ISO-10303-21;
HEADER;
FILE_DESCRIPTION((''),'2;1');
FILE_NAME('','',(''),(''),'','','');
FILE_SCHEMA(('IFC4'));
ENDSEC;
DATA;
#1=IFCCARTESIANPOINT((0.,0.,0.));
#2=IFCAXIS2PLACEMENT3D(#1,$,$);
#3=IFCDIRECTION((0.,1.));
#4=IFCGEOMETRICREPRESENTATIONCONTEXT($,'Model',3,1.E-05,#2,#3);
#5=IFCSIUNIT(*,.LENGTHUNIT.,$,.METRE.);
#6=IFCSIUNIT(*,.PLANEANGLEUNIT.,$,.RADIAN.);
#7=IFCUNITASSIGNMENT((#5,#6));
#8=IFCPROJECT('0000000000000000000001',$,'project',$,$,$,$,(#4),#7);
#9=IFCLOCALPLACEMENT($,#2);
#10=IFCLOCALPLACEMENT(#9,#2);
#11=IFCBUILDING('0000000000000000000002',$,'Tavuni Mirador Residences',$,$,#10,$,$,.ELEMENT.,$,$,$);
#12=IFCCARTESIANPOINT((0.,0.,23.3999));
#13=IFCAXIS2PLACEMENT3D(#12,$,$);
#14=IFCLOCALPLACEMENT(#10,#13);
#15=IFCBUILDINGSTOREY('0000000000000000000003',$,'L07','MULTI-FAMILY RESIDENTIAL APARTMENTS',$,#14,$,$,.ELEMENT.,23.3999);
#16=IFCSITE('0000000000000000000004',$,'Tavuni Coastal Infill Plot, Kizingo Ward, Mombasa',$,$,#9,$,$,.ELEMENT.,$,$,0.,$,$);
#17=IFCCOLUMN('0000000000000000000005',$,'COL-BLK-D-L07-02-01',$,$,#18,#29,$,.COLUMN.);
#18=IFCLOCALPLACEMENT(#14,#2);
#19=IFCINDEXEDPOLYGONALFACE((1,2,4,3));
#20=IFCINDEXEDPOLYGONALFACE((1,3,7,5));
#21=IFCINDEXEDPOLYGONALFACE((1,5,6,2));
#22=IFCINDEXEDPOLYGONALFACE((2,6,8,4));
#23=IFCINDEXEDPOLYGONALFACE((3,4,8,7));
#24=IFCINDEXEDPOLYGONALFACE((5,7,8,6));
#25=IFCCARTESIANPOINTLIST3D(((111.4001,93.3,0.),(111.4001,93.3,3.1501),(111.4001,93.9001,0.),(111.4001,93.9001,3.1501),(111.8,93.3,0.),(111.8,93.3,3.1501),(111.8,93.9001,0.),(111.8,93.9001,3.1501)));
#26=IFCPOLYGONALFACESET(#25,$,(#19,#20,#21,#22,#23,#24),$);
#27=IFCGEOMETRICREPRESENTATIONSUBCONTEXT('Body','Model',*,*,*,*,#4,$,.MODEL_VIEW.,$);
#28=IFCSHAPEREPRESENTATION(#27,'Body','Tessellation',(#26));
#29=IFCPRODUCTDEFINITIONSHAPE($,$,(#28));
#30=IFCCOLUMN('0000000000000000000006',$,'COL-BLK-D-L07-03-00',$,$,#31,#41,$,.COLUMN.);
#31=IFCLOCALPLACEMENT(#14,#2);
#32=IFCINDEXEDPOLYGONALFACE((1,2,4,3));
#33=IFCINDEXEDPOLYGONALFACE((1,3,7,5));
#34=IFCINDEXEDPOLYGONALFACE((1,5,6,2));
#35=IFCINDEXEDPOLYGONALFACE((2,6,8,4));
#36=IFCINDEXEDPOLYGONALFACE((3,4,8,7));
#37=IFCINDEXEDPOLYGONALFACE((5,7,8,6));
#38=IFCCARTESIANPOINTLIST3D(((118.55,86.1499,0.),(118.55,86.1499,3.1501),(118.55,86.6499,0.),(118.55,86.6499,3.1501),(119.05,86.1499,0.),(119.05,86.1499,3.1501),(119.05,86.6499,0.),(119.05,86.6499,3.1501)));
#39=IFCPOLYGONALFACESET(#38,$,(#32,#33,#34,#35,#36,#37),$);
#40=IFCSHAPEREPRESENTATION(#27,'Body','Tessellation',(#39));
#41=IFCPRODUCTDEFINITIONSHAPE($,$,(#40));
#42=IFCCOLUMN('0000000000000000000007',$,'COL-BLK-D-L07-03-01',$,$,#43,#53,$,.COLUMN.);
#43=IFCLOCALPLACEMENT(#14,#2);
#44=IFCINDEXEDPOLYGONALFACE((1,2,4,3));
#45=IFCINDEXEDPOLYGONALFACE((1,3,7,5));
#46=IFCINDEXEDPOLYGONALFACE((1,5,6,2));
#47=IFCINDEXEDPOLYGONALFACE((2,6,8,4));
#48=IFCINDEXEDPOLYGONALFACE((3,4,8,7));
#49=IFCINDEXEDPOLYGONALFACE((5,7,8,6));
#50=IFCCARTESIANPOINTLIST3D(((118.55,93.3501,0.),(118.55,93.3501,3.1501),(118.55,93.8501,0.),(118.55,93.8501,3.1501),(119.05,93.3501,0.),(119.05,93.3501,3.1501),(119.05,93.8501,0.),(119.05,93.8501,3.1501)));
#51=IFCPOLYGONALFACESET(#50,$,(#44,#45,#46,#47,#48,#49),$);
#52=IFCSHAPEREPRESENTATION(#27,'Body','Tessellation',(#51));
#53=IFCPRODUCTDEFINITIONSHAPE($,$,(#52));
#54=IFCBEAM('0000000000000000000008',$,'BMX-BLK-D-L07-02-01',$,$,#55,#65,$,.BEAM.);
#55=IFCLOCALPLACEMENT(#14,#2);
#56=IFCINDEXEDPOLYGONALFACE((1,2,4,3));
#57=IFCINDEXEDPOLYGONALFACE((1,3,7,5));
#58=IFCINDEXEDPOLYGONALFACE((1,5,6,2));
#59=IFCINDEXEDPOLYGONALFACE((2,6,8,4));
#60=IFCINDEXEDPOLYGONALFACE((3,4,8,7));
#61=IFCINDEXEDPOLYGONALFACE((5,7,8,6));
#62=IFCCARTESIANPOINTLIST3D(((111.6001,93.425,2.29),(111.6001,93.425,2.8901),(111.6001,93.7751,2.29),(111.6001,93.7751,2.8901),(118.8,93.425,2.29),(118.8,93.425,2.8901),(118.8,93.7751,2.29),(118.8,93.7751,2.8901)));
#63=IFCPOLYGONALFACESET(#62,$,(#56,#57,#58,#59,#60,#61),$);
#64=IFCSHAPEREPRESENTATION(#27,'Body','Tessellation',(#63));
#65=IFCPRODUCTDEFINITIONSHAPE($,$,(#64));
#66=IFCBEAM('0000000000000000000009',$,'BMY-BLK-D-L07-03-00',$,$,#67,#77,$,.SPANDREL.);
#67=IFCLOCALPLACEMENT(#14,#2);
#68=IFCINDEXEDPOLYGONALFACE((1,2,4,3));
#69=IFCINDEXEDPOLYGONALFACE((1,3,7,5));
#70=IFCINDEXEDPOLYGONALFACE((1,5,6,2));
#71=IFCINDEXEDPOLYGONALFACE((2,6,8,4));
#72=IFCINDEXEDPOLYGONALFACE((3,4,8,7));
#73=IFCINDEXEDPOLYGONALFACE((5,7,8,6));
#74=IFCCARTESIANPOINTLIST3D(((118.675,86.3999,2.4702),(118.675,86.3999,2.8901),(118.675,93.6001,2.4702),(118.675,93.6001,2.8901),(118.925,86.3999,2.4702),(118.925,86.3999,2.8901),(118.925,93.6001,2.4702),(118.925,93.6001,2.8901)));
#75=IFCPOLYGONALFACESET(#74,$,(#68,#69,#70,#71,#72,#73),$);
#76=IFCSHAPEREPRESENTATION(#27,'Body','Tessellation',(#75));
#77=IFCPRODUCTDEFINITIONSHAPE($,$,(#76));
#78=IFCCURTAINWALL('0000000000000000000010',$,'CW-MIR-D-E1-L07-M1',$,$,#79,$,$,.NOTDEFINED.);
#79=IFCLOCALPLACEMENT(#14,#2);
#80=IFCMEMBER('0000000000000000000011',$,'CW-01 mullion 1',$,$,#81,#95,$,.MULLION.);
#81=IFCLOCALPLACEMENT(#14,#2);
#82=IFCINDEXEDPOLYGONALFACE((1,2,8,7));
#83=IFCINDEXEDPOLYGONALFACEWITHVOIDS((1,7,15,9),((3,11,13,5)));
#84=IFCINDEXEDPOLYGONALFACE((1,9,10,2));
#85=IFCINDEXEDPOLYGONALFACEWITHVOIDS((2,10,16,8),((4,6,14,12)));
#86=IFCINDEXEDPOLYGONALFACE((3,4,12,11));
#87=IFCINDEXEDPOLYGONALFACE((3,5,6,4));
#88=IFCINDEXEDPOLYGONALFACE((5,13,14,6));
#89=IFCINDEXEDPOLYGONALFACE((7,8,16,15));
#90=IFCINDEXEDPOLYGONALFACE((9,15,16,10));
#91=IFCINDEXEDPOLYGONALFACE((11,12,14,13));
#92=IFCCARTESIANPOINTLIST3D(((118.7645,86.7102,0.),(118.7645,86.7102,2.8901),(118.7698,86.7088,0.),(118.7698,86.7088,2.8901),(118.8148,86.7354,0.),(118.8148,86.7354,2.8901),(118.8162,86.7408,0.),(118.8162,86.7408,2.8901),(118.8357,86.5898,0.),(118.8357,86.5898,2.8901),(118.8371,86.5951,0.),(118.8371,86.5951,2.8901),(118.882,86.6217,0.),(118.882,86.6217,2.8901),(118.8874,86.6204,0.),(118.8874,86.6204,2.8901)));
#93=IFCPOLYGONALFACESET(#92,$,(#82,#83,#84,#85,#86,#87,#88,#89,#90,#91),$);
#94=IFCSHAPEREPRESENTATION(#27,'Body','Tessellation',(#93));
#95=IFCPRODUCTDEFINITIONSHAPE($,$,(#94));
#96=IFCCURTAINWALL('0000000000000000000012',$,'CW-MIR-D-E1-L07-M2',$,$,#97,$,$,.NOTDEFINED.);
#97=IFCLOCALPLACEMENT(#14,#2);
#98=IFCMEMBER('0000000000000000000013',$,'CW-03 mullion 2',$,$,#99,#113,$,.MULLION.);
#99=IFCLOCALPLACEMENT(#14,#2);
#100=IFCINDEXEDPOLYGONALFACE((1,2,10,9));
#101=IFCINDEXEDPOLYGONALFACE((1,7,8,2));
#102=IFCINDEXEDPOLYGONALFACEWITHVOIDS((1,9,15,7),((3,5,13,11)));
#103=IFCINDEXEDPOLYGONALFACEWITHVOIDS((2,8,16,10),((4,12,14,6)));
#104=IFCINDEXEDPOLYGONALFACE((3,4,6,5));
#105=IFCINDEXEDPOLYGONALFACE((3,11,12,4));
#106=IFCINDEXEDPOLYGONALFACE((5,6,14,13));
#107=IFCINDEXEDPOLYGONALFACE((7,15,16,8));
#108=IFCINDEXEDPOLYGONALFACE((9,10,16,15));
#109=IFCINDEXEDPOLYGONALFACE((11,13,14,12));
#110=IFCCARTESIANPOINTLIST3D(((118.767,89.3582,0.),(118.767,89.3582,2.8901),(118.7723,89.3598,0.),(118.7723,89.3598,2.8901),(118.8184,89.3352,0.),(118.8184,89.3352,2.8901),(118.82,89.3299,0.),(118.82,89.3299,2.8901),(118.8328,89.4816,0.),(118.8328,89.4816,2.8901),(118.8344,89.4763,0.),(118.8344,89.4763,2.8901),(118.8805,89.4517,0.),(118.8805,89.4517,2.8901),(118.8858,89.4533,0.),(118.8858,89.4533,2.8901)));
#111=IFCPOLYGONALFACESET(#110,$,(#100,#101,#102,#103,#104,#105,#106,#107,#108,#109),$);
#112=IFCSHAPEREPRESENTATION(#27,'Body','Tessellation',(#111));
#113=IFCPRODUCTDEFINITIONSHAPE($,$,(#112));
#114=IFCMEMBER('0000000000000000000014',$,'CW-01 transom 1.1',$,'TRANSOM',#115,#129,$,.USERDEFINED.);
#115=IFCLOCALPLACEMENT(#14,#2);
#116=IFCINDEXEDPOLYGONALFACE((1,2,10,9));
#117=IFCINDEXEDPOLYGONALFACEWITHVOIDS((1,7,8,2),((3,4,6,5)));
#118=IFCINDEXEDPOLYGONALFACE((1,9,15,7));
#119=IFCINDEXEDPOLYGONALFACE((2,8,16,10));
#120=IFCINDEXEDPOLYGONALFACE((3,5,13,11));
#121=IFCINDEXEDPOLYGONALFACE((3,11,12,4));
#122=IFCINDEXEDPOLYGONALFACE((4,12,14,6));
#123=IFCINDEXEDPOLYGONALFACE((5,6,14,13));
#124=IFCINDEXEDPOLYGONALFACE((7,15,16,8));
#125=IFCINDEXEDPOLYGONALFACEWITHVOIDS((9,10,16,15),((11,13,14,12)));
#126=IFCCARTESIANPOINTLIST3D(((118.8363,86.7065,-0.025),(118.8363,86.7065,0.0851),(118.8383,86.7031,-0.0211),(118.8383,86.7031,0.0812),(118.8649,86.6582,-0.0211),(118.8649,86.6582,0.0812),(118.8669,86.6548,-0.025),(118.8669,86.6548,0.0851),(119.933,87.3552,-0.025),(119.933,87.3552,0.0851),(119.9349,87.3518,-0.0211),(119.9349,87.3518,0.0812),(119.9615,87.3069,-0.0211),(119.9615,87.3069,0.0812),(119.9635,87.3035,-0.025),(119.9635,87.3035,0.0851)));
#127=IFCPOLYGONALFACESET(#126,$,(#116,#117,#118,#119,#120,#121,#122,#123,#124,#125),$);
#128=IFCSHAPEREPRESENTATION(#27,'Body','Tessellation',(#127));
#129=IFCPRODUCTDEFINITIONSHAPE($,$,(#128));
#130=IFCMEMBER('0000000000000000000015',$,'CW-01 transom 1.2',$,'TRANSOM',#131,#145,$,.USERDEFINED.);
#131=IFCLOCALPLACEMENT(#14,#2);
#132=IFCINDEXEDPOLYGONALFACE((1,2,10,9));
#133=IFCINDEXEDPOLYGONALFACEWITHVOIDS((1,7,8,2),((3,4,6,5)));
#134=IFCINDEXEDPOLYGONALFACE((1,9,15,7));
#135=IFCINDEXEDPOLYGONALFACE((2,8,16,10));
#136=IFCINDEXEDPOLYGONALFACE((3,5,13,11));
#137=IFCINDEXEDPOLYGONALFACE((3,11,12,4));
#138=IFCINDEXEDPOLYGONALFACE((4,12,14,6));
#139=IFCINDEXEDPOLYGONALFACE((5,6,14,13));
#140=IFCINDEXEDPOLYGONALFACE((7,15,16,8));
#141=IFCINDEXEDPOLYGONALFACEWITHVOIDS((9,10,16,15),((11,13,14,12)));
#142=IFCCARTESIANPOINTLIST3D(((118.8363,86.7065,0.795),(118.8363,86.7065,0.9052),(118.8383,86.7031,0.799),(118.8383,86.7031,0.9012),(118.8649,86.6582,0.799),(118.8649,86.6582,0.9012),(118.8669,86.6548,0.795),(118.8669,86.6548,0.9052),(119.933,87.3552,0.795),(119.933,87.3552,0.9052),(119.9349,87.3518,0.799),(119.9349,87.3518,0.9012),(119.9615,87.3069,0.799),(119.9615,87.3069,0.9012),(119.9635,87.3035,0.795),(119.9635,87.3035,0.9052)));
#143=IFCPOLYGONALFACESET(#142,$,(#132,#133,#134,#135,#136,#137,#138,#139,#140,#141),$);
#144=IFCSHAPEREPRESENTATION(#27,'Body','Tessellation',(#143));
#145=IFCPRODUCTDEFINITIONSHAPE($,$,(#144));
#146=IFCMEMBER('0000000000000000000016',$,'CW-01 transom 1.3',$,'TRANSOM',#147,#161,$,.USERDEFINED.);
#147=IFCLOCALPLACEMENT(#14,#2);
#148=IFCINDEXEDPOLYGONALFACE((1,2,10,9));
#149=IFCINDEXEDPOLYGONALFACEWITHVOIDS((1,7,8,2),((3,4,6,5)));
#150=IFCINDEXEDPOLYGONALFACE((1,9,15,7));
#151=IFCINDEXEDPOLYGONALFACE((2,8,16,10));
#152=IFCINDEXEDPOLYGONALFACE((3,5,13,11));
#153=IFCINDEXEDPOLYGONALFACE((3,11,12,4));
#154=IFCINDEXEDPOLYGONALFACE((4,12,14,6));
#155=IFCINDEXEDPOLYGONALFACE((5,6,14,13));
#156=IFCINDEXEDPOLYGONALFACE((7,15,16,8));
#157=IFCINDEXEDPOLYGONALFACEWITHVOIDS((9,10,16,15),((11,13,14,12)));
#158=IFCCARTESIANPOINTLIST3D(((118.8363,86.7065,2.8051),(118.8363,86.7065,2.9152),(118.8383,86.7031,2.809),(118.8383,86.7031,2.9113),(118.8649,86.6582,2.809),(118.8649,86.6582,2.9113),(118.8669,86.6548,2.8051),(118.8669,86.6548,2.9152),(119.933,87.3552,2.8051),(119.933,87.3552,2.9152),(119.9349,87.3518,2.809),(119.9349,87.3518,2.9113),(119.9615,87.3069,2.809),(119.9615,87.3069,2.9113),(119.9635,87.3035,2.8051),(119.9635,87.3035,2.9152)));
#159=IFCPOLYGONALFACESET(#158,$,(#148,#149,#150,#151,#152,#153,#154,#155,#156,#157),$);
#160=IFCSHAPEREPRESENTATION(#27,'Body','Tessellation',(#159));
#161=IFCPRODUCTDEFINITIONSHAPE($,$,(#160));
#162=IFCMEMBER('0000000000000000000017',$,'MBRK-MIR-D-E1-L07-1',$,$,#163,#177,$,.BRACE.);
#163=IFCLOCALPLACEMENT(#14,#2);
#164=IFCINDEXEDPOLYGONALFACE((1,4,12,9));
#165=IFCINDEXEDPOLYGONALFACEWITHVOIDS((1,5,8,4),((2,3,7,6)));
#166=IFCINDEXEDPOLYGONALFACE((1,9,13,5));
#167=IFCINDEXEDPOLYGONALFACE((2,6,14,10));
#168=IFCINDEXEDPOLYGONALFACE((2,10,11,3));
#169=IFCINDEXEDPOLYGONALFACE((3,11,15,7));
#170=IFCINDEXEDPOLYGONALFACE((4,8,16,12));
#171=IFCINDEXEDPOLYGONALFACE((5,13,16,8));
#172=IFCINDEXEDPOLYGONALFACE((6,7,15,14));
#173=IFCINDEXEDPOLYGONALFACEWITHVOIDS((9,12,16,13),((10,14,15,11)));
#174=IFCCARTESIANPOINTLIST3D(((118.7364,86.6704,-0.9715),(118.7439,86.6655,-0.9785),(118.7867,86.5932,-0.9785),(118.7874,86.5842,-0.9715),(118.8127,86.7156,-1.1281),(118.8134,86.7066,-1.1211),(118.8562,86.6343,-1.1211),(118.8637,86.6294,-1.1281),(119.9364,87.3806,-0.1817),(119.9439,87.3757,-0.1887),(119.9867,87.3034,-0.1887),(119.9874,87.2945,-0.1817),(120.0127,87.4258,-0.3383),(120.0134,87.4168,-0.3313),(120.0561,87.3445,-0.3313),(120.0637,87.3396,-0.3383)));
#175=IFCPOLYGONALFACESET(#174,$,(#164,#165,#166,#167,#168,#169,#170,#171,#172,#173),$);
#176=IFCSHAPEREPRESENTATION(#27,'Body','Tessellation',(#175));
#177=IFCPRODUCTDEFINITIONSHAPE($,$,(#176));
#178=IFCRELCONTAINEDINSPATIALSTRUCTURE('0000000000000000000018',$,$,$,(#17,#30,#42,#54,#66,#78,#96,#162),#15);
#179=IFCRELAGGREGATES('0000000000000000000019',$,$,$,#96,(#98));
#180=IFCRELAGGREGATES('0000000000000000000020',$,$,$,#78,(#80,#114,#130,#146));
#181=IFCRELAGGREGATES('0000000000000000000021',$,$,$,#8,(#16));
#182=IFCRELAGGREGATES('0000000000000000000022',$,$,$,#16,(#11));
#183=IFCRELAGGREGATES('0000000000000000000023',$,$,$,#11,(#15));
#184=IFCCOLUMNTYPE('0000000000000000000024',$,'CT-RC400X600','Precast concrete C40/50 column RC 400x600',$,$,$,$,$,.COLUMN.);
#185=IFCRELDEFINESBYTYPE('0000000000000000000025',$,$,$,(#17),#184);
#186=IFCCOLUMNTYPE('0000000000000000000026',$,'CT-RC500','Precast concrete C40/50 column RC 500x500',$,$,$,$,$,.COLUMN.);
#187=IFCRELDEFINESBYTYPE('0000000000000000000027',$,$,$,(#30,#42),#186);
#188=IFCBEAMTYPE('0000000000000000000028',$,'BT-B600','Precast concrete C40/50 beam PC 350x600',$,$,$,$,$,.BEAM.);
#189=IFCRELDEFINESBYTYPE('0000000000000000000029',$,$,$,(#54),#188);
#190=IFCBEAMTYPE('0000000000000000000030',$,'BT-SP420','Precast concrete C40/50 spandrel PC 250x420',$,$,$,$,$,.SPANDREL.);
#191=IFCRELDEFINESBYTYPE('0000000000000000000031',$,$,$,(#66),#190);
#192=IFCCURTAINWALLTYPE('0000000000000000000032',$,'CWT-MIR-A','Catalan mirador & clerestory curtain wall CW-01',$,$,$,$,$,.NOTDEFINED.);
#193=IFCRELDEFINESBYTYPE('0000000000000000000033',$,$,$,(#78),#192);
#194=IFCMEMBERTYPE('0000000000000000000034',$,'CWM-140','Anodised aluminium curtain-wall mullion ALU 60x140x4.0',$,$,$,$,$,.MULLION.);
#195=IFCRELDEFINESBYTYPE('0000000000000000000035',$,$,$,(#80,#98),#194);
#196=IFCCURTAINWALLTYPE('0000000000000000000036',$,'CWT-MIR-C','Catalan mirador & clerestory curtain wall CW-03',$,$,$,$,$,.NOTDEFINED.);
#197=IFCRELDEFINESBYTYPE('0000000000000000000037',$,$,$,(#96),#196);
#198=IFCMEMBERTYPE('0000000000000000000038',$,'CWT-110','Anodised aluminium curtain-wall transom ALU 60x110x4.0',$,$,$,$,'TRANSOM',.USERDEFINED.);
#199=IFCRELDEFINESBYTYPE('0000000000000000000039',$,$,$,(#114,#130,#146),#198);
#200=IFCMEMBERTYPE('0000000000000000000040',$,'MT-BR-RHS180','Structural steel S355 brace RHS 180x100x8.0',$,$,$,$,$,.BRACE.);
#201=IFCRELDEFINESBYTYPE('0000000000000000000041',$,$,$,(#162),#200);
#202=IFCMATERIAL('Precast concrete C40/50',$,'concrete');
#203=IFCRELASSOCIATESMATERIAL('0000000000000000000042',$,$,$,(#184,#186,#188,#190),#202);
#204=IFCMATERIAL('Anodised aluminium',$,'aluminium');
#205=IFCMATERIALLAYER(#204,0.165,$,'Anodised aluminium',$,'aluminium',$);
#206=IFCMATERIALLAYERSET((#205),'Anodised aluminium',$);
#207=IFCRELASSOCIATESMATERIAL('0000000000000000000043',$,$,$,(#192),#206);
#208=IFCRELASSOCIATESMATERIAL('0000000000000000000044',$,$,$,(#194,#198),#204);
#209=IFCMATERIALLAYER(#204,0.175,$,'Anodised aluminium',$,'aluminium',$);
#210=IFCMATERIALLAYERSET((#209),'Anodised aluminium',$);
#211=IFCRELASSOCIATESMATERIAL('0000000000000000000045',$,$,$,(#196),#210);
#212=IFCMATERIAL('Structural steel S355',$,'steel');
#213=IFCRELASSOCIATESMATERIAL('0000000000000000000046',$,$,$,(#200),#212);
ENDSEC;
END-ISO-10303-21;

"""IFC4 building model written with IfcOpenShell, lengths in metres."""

from ifc_helpers import new_model, si_unit, direction, frame, origin, origin_2d, place, context, subcontext, project, spatial, rectangle, hollow_rectangle, extrude, material, layer, layer_set, material_profile, profile_set, type_object, element, aggregate, save


model = new_model("IFC4")

# Units and contexts
model_context = context("Model", 3, precision=1e-05, world=origin(), true_north=direction((0.0, 1.0)))
body_context = subcontext(model_context, "Body", "Model", "MODEL_VIEW")
ifc_project = project(units=[si_unit("LENGTHUNIT", "METRE"), si_unit("PLANEANGLEUNIT", "RADIAN")], contexts=[model_context])

# Site, building, storey
site_placement = place(None, origin())
site = spatial("IfcSite", under=ifc_project, at=site_placement, Name="Tavuni Coastal Infill Plot, Kizingo Ward, Mombasa", CompositionType="ELEMENT", RefElevation=0.0)
building_placement = place(site_placement, origin())
building = spatial("IfcBuilding", under=site, at=building_placement, Name="Tavuni Mirador Residences", CompositionType="ELEMENT")
storey_placement = place(building_placement, frame((0.0, 0.0, 23.3999)))
storey = spatial("IfcBuildingStorey", under=building, at=storey_placement, Name="L07", Description="MULTI-FAMILY RESIDENTIAL APARTMENTS", CompositionType="ELEMENT", Elevation=23.3999)

# Columns
ifc_material_1 = material(Name="Precast concrete C40/50", Category="concrete")
ifc_material_profile_1 = material_profile(ifc_material_1, rectangle(XDim=0.3999, YDim=0.6001, at=origin_2d()), Name="RC 400x600", Category="concrete")
ifc_profile_set_1 = profile_set([ifc_material_profile_1], Name="Precast concrete C40/50")
column_type_1 = type_object("IfcColumnType", Name="CT-RC400X600", Description="Precast concrete C40/50 column RC 400x600", PredefinedType="COLUMN", material=ifc_profile_set_1)
column_placement = place(storey_placement, frame((111.6001, 93.6001, 0.0), z_axis=(0.0, 0.0, 1.0), x_axis=(1.0, 0.0, 0.0)))
element("IfcColumn", 1, at=column_placement, inside=storey, type_object=column_type_1, Name="COL-BLK-D-L07-02-01", PredefinedType="COLUMN", context=body_context, shape_type="SweptSolid", body=[
    extrude(rectangle(XDim=0.3999, YDim=0.6001, at=origin_2d()), origin(), (0.0, 0.0, 1.0), 3.1501),
])
ifc_material_profile_2 = material_profile(ifc_material_1, rectangle(XDim=0.5, YDim=0.5, at=origin_2d()), Name="RC 500x500", Category="concrete")
ifc_profile_set_2 = profile_set([ifc_material_profile_2], Name="Precast concrete C40/50")
column_type_2 = type_object("IfcColumnType", Name="CT-RC500", Description="Precast concrete C40/50 column RC 500x500", PredefinedType="COLUMN", material=ifc_profile_set_2)
for number, where, z_axis, x_axis, name in (
    (2, (118.8, 86.3999, 0.0), (0.0, 0.0, 1.0), (1.0, 0.0, 0.0), "COL-BLK-D-L07-03-00"),
    (3, (118.8, 93.6001, 0.0), (0.0, 0.0, 1.0), (1.0, 0.0, 0.0), "COL-BLK-D-L07-03-01"),
):
    element("IfcColumn", number, at=place(storey_placement, frame(where, z_axis=z_axis, x_axis=x_axis)), inside=storey, type_object=column_type_2, Name=name, PredefinedType="COLUMN", context=body_context, shape_type="SweptSolid", body=[
        extrude(rectangle(XDim=0.5, YDim=0.5, at=origin_2d()), origin(), (0.0, 0.0, 1.0), 3.1501),
    ])

# Beams
ifc_material_profile_3 = material_profile(ifc_material_1, rectangle(XDim=0.3501, YDim=0.6001, at=origin_2d()), Name="PC 350x600", Category="concrete")
ifc_profile_set_3 = profile_set([ifc_material_profile_3], Name="Precast concrete C40/50")
beam_type_1 = type_object("IfcBeamType", Name="BT-B600", Description="Precast concrete C40/50 beam PC 350x600", PredefinedType="BEAM", material=ifc_profile_set_3)
beam_1_placement = place(storey_placement, frame((111.6001, 93.6001, 2.5901), z_axis=(1.0, 0.0, 0.0), x_axis=(0.0, 1.0, 0.0)))
element("IfcBeam", 4, at=beam_1_placement, inside=storey, type_object=beam_type_1, Name="BMX-BLK-D-L07-02-01", PredefinedType="BEAM", context=body_context, shape_type="SweptSolid", body=[
    extrude(rectangle(XDim=0.3501, YDim=0.6001, at=origin_2d()), origin(), (0.0, 0.0, 1.0), 7.2),
])
ifc_material_profile_4 = material_profile(ifc_material_1, rectangle(XDim=0.25, YDim=0.4199, at=origin_2d()), Name="PC 250x420", Category="concrete")
ifc_profile_set_4 = profile_set([ifc_material_profile_4], Name="Precast concrete C40/50")
beam_type_2 = type_object("IfcBeamType", Name="BT-SP420", Description="Precast concrete C40/50 spandrel PC 250x420", PredefinedType="SPANDREL", material=ifc_profile_set_4)
beam_2_placement = place(storey_placement, frame((118.8, 86.3999, 2.6802), z_axis=(0.0, 1.0, 0.0), x_axis=(-1.0, 0.0, 0.0)))
element("IfcBeam", 5, at=beam_2_placement, inside=storey, type_object=beam_type_2, Name="BMY-BLK-D-L07-03-00", PredefinedType="SPANDREL", context=body_context, shape_type="SweptSolid", body=[
    extrude(rectangle(XDim=0.25, YDim=0.4199, at=origin_2d()), origin(), (0.0, 0.0, 1.0), 7.2002),
])

# Curtain walls, members
ifc_material_2 = material(Name="Anodised aluminium", Category="aluminium")
ifc_layer_1 = layer(ifc_material_2, 0.165, Name="Anodised aluminium", Category="aluminium")
ifc_layer_set_1 = layer_set([ifc_layer_1], Name="Anodised aluminium")
curtain_wall_type_1 = type_object("IfcCurtainWallType", Name="CWT-MIR-A", Description="Catalan mirador & clerestory curtain wall CW-01", PredefinedType="NOTDEFINED", material=ifc_layer_set_1)
curtain_wall_1_placement = place(storey_placement, origin())
curtain_wall_1 = element("IfcCurtainWall", 6, at=curtain_wall_1_placement, inside=storey, type_object=curtain_wall_type_1, Name="CW-MIR-D-E1-L07-M1", PredefinedType="NOTDEFINED")
ifc_material_profile_5 = material_profile(ifc_material_2, hollow_rectangle(XDim=0.0601, YDim=0.1399, WallThickness=0.0039, at=origin_2d()), Name="ALU 60x140x4.0", Category="aluminium")
ifc_profile_set_5 = profile_set([ifc_material_profile_5], Name="Anodised aluminium")
member_type_1 = type_object("IfcMemberType", Name="CWM-140", Description="Anodised aluminium curtain-wall mullion ALU 60x140x4.0", PredefinedType="MULLION", material=ifc_profile_set_5)
member_1_placement = place(storey_placement, frame((118.8259, 86.6653, 0.0), z_axis=(0.0, 0.0, 1.0), x_axis=(0.860641, 0.509212, 0.0)))
member_1 = element("IfcMember", 7, at=member_1_placement, type_object=member_type_1, Name="CW-01 mullion 1", PredefinedType="MULLION", context=body_context, shape_type="SweptSolid", body=[
    extrude(hollow_rectangle(XDim=0.0601, YDim=0.1399, WallThickness=0.0039, at=origin_2d()), origin(), (0.0, 0.0, 1.0), 2.8901),
])
ifc_layer_2 = layer(ifc_material_2, 0.175, Name="Anodised aluminium", Category="aluminium")
ifc_layer_set_2 = layer_set([ifc_layer_2], Name="Anodised aluminium")
curtain_wall_type_2 = type_object("IfcCurtainWallType", Name="CWT-MIR-C", Description="Catalan mirador & clerestory curtain wall CW-03", PredefinedType="NOTDEFINED", material=ifc_layer_set_2)
curtain_wall_2_placement = place(storey_placement, origin())
curtain_wall_2 = element("IfcCurtainWall", 8, at=curtain_wall_2_placement, inside=storey, type_object=curtain_wall_type_2, Name="CW-MIR-D-E1-L07-M2", PredefinedType="NOTDEFINED")
member_2_placement = place(storey_placement, frame((118.8264, 89.4058, 0.0), z_axis=(0.0, 0.0, 1.0), x_axis=(-0.882353, 0.470588, 0.0)))
member_2 = element("IfcMember", 9, at=member_2_placement, type_object=member_type_1, Name="CW-03 mullion 2", PredefinedType="MULLION", context=body_context, shape_type="SweptSolid", body=[
    extrude(hollow_rectangle(XDim=0.0601, YDim=0.1399, WallThickness=0.0039, at=origin_2d()), origin(), (0.0, 0.0, 1.0), 2.8901),
])
aggregate(curtain_wall_2, [member_2])

# Members
ifc_material_profile_6 = material_profile(ifc_material_2, hollow_rectangle(XDim=0.0601, YDim=0.1101, WallThickness=0.0039, at=origin_2d()), Name="ALU 60x110x4.0", Category="aluminium")
ifc_profile_set_6 = profile_set([ifc_material_profile_6], Name="Anodised aluminium")
member_type_2 = type_object("IfcMemberType", Name="CWT-110", Description="Anodised aluminium curtain-wall transom ALU 60x110x4.0", ElementType="TRANSOM", PredefinedType="USERDEFINED", material=ifc_profile_set_6)
member_3_placement = place(storey_placement, frame((118.8516, 86.6807, 0.03), z_axis=(0.860705, 0.509104, 0.0), x_axis=(-0.509104, 0.860705, 0.0)))
member_3 = element("IfcMember", 10, at=member_3_placement, type_object=member_type_2, Name="CW-01 transom 1.1", ObjectType="TRANSOM", PredefinedType="USERDEFINED", context=body_context, shape_type="SweptSolid", body=[
    extrude(hollow_rectangle(XDim=0.0601, YDim=0.1101, WallThickness=0.0039, at=origin_2d()), origin(), (0.0, 0.0, 1.0), 1.2742),
])
member_4_placement = place(storey_placement, frame((118.8516, 86.6807, 0.8501), z_axis=(0.860705, 0.509104, 0.0), x_axis=(-0.509104, 0.860705, 0.0)))
member_4 = element("IfcMember", 11, at=member_4_placement, type_object=member_type_2, Name="CW-01 transom 1.2", ObjectType="TRANSOM", PredefinedType="USERDEFINED", context=body_context, shape_type="SweptSolid", body=[
    extrude(hollow_rectangle(XDim=0.0601, YDim=0.1101, WallThickness=0.0039, at=origin_2d()), origin(), (0.0, 0.0, 1.0), 1.2742),
])
member_5_placement = place(storey_placement, frame((118.8516, 86.6807, 2.8601), z_axis=(0.860705, 0.509104, 0.0), x_axis=(-0.509104, 0.860705, 0.0)))
member_5 = element("IfcMember", 12, at=member_5_placement, type_object=member_type_2, Name="CW-01 transom 1.3", ObjectType="TRANSOM", PredefinedType="USERDEFINED", context=body_context, shape_type="SweptSolid", body=[
    extrude(hollow_rectangle(XDim=0.0601, YDim=0.1101, WallThickness=0.0039, at=origin_2d()), origin(), (0.0, 0.0, 1.0), 1.2742),
])
aggregate(curtain_wall_1, [member_1, member_3, member_4, member_5])

# Member
ifc_material_3 = material(Name="Structural steel S355", Category="steel")
ifc_material_profile_7 = material_profile(ifc_material_3, hollow_rectangle(XDim=0.1001, YDim=0.1799, WallThickness=0.0081, at=origin_2d()), Name="RHS 180x100x8.0", Category="steel")
ifc_profile_set_7 = profile_set([ifc_material_profile_7], Name="Structural steel S355")
member_type_3 = type_object("IfcMemberType", Name="MT-BR-RHS180", Description="Structural steel S355 brace RHS 180x100x8.0", PredefinedType="BRACE", material=ifc_profile_set_7)
member_6_placement = place(storey_placement, frame((118.8, 86.6499, -1.0498), z_axis=(0.748793, 0.443182, 0.492848), x_axis=(-0.509337, 0.860567, 0.0)))
element("IfcMember", 13, at=member_6_placement, inside=storey, type_object=member_type_3, Name="MBRK-MIR-D-E1-L07-1", PredefinedType="BRACE", context=body_context, shape_type="SweptSolid", body=[
    extrude(hollow_rectangle(XDim=0.1001, YDim=0.1799, WallThickness=0.0081, at=origin_2d()), origin(), (0.0, 0.0, 1.0), 1.6025),
])

save(model, "model.ifc")
